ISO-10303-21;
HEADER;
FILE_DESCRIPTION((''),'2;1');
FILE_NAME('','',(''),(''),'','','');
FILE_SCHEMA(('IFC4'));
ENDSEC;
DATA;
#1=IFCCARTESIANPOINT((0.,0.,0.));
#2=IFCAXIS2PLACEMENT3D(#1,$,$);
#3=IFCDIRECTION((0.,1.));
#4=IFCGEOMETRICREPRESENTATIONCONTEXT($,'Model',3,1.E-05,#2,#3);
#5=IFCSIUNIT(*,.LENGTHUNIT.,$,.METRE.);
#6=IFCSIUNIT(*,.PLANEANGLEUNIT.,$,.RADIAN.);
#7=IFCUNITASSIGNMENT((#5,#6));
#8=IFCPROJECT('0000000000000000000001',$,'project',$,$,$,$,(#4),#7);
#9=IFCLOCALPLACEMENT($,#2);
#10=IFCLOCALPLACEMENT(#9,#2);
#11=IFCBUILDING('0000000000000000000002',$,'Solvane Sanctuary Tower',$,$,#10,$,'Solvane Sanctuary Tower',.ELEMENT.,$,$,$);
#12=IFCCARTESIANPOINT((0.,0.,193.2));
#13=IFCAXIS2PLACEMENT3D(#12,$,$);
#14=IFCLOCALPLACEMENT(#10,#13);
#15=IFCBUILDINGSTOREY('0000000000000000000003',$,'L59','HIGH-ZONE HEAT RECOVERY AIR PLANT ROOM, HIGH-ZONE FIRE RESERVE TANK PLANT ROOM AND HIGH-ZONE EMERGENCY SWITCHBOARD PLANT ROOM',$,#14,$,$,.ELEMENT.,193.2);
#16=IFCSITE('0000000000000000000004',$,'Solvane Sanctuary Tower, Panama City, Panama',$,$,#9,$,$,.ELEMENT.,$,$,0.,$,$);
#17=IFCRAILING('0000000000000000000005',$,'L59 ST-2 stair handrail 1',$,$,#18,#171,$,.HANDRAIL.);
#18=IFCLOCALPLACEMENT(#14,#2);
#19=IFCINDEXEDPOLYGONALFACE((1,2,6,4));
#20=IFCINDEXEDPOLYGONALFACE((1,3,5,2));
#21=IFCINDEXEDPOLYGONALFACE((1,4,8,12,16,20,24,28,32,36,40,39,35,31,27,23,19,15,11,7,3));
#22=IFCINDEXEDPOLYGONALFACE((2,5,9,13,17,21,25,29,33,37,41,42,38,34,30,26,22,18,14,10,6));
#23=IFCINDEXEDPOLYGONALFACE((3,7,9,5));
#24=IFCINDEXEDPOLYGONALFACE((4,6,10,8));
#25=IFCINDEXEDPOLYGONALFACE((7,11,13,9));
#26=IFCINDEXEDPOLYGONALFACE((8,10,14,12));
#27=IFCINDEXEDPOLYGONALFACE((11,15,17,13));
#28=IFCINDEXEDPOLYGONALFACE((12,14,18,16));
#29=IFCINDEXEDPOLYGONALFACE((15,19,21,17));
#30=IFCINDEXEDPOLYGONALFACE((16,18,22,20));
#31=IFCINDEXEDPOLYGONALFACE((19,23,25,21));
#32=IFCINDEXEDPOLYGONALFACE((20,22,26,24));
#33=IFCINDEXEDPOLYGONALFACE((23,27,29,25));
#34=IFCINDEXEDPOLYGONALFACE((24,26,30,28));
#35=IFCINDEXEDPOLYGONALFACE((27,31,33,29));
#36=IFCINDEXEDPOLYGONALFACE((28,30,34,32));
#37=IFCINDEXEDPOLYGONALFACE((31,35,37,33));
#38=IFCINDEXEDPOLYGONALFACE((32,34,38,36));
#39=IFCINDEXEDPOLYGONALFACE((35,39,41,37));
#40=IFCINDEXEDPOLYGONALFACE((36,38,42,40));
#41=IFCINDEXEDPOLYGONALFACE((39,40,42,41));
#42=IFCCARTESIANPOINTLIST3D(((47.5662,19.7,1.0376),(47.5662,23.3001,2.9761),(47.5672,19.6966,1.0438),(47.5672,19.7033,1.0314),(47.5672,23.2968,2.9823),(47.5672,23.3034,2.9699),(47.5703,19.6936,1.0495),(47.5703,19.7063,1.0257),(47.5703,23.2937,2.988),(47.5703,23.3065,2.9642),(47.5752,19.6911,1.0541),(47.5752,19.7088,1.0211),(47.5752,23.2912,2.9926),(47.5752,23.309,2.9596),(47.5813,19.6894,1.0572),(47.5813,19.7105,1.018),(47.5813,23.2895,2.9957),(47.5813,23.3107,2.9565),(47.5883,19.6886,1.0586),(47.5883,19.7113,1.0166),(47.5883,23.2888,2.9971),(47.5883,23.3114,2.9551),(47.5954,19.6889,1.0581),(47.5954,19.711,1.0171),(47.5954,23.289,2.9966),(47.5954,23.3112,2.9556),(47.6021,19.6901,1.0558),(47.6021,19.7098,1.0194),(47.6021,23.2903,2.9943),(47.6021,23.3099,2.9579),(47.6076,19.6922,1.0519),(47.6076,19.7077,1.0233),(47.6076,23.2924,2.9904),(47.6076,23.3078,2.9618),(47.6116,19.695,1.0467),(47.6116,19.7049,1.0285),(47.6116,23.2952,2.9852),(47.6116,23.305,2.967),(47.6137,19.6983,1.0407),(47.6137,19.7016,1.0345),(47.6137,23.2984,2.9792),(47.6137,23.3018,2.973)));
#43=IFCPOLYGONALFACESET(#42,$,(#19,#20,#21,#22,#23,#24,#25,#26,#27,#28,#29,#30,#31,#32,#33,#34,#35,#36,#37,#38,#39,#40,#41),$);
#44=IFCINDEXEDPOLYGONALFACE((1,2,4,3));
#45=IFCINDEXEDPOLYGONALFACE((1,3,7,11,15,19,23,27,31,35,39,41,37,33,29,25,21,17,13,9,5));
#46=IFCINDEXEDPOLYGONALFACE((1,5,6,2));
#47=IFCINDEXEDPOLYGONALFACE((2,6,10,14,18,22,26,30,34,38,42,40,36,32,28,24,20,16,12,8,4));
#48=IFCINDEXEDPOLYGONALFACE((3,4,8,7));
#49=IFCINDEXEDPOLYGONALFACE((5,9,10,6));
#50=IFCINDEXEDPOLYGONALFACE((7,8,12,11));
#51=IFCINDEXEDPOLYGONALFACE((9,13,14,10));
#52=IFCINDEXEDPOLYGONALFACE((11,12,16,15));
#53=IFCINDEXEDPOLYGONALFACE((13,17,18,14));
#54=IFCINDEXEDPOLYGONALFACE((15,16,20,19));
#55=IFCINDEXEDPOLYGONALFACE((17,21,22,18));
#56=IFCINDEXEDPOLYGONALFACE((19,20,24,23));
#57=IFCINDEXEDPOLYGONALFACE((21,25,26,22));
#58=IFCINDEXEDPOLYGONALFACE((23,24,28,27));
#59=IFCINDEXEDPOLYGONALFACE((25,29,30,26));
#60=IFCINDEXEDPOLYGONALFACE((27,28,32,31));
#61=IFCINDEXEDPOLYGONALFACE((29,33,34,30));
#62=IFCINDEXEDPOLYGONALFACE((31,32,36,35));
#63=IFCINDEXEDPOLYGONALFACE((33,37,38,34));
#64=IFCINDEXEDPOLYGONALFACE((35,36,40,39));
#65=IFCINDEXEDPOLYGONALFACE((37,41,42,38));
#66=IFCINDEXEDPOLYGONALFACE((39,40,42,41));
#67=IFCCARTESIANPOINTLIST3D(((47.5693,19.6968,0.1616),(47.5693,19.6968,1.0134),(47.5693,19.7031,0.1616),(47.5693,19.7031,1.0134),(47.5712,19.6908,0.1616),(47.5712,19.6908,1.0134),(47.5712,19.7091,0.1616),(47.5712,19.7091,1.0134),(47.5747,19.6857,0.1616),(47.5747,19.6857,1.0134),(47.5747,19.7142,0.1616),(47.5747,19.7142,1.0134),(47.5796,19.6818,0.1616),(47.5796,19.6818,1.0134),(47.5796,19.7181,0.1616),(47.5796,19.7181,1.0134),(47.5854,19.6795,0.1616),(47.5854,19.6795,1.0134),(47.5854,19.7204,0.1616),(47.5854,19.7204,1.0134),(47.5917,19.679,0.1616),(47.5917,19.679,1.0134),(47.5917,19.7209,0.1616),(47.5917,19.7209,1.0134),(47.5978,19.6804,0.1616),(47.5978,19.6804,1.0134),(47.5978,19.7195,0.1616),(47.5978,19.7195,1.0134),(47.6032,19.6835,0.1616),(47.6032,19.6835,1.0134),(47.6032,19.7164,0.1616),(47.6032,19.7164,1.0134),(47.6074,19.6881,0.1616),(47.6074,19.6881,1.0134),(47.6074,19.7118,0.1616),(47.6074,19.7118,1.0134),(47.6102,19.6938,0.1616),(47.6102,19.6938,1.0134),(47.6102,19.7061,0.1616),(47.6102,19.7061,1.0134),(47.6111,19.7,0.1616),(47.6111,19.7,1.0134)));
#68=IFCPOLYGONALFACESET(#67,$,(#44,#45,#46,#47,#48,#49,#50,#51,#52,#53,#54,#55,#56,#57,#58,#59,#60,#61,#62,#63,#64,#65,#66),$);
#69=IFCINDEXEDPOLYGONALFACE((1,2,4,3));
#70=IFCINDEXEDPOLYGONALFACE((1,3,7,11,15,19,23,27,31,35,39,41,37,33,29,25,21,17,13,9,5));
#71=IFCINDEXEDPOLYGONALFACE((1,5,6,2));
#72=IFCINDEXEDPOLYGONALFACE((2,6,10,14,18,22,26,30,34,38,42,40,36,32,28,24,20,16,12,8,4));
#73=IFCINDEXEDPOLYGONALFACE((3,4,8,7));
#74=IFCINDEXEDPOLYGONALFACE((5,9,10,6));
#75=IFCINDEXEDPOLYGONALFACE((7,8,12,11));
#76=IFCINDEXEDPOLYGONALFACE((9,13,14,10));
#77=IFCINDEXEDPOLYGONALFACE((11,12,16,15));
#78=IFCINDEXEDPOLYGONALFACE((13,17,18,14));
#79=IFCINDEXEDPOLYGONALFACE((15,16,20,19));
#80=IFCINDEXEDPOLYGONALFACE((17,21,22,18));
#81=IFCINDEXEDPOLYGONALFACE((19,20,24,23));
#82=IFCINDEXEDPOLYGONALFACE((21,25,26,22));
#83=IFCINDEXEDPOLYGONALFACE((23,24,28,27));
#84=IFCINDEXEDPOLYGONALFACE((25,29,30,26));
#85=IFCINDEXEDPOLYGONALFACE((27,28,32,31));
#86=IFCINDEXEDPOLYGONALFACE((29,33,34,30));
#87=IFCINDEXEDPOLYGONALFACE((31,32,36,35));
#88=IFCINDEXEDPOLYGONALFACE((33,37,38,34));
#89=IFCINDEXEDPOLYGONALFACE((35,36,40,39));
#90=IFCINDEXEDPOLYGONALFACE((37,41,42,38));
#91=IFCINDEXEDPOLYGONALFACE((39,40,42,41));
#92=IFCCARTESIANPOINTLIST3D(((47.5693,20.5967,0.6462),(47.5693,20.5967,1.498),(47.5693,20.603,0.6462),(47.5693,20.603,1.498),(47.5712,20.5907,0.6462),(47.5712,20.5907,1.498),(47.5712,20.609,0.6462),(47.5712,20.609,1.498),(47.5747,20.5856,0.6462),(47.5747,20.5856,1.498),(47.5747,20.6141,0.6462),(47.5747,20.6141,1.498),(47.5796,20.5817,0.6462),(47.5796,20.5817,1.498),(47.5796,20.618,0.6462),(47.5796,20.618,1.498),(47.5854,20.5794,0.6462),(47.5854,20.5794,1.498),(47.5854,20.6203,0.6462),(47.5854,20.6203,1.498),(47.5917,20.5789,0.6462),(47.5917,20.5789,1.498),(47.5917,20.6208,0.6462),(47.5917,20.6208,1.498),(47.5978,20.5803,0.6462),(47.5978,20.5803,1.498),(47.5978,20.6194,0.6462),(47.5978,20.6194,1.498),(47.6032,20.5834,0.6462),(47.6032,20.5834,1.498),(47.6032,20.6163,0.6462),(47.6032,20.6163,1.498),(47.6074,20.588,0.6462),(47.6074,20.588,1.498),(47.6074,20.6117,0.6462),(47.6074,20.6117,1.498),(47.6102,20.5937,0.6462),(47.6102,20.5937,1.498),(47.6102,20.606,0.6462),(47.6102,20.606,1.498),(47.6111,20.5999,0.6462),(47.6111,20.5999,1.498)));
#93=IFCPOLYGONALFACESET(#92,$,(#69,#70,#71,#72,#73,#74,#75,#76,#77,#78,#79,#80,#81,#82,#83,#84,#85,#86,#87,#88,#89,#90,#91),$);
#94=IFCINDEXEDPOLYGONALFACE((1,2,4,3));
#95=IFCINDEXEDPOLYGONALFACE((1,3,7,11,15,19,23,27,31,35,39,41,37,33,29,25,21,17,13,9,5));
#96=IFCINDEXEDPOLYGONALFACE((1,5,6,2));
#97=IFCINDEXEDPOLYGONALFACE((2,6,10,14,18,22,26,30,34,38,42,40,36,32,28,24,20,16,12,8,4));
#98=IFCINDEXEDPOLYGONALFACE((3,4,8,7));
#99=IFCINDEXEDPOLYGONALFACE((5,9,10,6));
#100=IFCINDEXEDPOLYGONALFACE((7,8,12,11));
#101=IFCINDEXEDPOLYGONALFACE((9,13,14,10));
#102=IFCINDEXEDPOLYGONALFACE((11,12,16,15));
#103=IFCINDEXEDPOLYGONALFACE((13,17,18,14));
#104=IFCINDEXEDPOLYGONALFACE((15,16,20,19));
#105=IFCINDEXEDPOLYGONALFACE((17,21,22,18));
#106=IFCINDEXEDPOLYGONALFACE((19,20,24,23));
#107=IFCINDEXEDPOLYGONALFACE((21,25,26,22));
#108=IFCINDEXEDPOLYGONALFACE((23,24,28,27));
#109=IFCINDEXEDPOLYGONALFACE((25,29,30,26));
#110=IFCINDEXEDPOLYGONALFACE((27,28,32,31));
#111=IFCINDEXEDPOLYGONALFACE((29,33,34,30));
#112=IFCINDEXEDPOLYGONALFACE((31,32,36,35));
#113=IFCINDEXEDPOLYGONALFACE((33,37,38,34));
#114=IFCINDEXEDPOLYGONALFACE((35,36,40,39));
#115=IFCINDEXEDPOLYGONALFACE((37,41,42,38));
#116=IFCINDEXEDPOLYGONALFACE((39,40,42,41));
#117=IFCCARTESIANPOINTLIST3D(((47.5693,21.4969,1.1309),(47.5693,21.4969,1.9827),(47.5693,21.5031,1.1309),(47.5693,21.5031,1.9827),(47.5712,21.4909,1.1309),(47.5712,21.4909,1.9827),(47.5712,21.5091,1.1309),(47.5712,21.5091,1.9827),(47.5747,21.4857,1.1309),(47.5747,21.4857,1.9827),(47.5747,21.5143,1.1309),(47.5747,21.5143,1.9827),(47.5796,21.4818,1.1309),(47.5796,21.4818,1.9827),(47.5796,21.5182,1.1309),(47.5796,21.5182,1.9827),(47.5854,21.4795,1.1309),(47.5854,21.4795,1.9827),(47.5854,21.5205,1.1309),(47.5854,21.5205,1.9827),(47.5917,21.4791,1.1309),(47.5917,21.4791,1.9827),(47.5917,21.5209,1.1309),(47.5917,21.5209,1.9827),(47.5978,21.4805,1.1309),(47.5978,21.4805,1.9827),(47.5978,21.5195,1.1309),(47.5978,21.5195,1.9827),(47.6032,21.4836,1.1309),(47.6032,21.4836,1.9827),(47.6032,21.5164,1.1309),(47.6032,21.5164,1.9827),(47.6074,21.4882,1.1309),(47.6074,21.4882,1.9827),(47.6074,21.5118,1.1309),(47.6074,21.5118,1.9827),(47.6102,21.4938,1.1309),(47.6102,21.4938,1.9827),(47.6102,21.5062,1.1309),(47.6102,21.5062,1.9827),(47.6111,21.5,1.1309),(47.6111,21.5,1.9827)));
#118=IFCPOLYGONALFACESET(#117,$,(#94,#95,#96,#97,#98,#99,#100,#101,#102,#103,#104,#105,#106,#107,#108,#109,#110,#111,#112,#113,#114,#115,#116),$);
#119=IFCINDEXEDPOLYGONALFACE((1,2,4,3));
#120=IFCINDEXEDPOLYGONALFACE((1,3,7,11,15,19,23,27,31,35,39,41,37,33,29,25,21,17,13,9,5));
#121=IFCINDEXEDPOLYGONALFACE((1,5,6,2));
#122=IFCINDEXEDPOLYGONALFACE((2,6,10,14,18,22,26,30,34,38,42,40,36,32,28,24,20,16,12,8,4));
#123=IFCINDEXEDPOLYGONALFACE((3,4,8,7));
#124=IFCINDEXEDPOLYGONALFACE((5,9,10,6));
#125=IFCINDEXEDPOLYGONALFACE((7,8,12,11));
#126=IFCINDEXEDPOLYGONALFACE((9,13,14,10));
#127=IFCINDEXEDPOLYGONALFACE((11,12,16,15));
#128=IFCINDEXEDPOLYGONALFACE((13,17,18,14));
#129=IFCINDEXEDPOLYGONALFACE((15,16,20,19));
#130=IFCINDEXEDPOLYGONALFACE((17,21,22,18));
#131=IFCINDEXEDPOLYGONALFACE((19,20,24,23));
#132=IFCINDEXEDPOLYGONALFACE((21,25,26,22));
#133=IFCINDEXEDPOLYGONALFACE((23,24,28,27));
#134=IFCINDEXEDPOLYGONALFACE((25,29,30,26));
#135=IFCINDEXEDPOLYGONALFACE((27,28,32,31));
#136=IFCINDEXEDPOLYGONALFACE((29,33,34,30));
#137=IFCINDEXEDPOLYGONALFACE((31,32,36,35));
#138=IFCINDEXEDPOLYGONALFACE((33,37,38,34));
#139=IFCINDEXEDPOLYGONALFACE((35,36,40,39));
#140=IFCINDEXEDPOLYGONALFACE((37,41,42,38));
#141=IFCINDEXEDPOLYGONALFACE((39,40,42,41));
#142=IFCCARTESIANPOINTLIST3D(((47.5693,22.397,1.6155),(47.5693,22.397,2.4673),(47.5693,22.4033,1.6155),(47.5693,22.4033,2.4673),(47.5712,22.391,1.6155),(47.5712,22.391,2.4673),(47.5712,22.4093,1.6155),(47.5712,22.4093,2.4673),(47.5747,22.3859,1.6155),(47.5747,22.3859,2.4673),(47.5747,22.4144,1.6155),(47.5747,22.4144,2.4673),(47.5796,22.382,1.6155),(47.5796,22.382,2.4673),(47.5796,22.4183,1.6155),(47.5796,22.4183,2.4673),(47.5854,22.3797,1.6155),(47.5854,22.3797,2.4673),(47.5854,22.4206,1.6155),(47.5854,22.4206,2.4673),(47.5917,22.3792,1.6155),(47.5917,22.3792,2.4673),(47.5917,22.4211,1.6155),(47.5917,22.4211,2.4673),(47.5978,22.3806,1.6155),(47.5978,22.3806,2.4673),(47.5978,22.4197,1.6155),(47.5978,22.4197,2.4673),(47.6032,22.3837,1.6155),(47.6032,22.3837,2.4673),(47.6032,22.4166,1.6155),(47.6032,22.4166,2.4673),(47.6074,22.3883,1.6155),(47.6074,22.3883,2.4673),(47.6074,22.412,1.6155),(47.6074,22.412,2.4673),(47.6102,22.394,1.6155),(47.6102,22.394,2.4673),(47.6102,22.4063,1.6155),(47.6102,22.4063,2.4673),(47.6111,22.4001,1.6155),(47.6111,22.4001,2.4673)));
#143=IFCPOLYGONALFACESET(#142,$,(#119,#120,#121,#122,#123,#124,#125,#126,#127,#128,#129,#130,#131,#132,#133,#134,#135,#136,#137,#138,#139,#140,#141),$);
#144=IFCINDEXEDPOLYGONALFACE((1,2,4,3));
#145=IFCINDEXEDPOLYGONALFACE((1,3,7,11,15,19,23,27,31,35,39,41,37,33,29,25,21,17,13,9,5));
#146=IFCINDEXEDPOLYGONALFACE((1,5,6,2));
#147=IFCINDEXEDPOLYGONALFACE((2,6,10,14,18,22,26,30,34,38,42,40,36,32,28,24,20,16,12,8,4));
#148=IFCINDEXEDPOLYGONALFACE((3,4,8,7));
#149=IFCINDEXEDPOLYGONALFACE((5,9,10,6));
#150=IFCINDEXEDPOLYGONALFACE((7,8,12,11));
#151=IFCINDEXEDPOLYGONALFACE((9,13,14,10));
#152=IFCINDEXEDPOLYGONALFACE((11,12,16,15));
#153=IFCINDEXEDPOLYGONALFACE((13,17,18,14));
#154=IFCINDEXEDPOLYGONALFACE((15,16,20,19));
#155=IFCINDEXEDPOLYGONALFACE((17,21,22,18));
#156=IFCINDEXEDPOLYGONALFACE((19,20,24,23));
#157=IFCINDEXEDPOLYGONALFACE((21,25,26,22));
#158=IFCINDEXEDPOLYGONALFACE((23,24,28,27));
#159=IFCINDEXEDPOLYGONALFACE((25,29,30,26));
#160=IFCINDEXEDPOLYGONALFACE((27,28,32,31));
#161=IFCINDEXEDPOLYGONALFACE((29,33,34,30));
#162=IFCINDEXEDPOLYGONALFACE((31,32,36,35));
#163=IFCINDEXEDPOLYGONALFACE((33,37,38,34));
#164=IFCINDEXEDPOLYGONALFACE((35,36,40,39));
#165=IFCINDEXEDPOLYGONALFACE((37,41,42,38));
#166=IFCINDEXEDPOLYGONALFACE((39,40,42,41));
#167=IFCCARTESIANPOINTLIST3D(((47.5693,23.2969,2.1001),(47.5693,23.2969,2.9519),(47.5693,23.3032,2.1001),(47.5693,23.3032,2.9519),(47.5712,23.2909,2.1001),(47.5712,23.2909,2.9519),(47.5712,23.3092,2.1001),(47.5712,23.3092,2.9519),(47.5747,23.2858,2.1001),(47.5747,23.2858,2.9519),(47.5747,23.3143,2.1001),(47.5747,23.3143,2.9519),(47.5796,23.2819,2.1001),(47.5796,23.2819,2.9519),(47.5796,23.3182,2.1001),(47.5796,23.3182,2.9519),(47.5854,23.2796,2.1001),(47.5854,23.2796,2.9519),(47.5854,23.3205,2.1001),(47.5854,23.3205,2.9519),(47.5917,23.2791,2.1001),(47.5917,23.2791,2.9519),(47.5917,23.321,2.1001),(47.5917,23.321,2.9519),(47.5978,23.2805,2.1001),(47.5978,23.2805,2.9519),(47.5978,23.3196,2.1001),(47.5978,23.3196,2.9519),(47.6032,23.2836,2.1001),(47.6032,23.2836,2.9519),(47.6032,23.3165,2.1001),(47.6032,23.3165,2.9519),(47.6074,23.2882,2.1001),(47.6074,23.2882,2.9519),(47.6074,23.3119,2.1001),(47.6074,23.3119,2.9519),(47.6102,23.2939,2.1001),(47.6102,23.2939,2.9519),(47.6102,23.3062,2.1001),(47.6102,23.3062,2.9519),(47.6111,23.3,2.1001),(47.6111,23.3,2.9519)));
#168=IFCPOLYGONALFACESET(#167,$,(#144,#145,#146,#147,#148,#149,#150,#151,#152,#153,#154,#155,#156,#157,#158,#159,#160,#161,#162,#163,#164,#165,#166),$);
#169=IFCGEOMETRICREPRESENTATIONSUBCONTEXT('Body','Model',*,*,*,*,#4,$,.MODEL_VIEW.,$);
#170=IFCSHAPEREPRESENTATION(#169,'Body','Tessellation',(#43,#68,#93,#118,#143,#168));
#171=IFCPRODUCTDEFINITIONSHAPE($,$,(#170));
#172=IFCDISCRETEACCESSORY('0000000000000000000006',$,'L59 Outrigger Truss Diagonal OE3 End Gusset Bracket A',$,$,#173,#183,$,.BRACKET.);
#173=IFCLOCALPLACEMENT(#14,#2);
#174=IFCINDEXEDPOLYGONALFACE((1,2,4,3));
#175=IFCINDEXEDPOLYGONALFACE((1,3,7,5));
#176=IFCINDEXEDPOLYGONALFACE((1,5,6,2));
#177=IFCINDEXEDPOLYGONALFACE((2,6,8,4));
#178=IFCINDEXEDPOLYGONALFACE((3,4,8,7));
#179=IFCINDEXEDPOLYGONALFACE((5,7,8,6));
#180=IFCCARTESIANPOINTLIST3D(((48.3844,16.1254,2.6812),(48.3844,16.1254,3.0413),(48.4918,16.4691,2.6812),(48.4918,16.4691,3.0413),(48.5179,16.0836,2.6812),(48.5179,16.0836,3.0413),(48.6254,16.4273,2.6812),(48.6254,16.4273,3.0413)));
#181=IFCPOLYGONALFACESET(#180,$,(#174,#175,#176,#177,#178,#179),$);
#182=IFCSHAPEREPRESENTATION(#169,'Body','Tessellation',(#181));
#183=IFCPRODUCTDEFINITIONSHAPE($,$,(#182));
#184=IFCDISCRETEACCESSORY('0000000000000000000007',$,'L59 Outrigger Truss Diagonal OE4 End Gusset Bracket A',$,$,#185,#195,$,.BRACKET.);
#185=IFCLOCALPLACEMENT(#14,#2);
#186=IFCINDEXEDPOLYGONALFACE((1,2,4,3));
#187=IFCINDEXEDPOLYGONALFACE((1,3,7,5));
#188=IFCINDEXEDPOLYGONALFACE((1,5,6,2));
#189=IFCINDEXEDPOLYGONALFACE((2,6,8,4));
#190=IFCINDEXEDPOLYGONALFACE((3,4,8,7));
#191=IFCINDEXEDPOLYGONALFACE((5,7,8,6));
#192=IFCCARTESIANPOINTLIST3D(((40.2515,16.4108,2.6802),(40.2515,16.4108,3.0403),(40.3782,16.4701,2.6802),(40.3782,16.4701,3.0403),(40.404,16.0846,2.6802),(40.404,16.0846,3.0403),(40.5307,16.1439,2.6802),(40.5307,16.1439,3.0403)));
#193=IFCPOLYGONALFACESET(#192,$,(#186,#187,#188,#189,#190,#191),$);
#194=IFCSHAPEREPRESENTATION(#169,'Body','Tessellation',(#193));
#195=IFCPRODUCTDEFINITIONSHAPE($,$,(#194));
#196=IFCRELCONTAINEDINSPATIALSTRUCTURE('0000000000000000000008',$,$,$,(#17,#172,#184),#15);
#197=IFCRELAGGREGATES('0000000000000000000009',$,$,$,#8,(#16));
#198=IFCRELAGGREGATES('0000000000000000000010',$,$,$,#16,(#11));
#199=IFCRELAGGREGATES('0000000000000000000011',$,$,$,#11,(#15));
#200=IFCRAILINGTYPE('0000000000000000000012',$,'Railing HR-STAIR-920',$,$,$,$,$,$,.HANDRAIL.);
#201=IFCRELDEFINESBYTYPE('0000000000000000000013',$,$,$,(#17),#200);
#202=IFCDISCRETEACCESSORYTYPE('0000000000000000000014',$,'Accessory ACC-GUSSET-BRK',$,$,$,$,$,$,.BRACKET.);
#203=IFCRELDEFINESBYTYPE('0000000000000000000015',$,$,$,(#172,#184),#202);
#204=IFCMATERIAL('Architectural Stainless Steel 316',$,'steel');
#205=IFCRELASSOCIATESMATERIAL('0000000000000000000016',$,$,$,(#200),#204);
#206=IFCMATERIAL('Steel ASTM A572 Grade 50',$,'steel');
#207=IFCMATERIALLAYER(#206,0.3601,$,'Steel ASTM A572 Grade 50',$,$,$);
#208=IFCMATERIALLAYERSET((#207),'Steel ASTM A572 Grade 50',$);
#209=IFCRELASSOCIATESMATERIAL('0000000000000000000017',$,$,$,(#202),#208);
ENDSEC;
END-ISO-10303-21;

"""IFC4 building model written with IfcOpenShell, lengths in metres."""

from ifc_helpers import new_model, si_unit, direction, frame, origin, origin_2d, place, context, subcontext, project, spatial, rectangle, circle, extrude, material, layer, layer_set, type_object, element, save


model = new_model("IFC4")

# Units and contexts
model_context = context("Model", 3, precision=1e-05, world=origin(), true_north=direction((0.0, 1.0)))
body_context = subcontext(model_context, "Body", "Model", "MODEL_VIEW")
ifc_project = project(units=[si_unit("LENGTHUNIT", "METRE"), si_unit("PLANEANGLEUNIT", "RADIAN")], contexts=[model_context])

# Site, building, storey
site_placement = place(None, origin())
site = spatial("IfcSite", under=ifc_project, at=site_placement, Name="Solvane Sanctuary Tower, Panama City, Panama", CompositionType="ELEMENT", RefElevation=0.0)
building_placement = place(site_placement, origin())
building = spatial("IfcBuilding", under=site, at=building_placement, Name="Solvane Sanctuary Tower", LongName="Solvane Sanctuary Tower", CompositionType="ELEMENT")
storey_placement = place(building_placement, frame((0.0, 0.0, 193.2)))
storey = spatial("IfcBuildingStorey", under=building, at=storey_placement, Name="L59", Description="HIGH-ZONE HEAT RECOVERY AIR PLANT ROOM, HIGH-ZONE FIRE RESERVE TANK PLANT ROOM AND HIGH-ZONE EMERGENCY SWITCHBOARD PLANT ROOM", CompositionType="ELEMENT", Elevation=193.2)

# Shared definitions
ifc_material_1 = material(Name="Steel ASTM A572 Grade 50", Category="steel")

# Shared definitions
ifc_material_2 = material(Name="Architectural Stainless Steel 316", Category="steel")

# Railing
railing_type_1 = type_object("IfcRailingType", Name="Railing HR-STAIR-920", PredefinedType="HANDRAIL", material=ifc_material_2)
railing_1_placement = place(storey_placement, frame((47.5901, 19.7, 0.1616)))
element("IfcRailing", 1, at=railing_1_placement, inside=storey, type_object=railing_type_1, Name="L59 ST-2 stair handrail 1", PredefinedType="HANDRAIL", context=body_context, shape_type="SweptSolid", body=[
    extrude(circle(Radius=0.0239, at=origin_2d()), frame((0.0, 0.0, 0.876), z_axis=(0.0, 0.880475, 0.474093), x_axis=(-1.0, 0.0, 0.0)), (0.0, 0.0, 1.0), 4.0889),
    extrude(circle(Radius=0.021, at=origin_2d()), origin(), (0.0, 0.0, 1.0), 0.8518),
    extrude(circle(Radius=0.021, at=origin_2d()), frame((0.0, 0.8999, 0.4846)), (0.0, 0.0, 1.0), 0.8518),
    extrude(circle(Radius=0.021, at=origin_2d()), frame((0.0, 1.8, 0.9692)), (0.0, 0.0, 1.0), 0.8518),
    extrude(circle(Radius=0.021, at=origin_2d()), frame((0.0, 2.7002, 1.4539)), (0.0, 0.0, 1.0), 0.8518),
    extrude(circle(Radius=0.021, at=origin_2d()), frame((0.0, 3.6001, 1.9385)), (0.0, 0.0, 1.0), 0.8518),
])

# Discrete accessories
ifc_layer_1 = layer(ifc_material_1, 0.3601, Name="Steel ASTM A572 Grade 50")
ifc_layer_set_1 = layer_set([ifc_layer_1], Name="Steel ASTM A572 Grade 50")
discrete_accessory_type = type_object("IfcDiscreteAccessoryType", Name="Accessory ACC-GUSSET-BRK", PredefinedType="BRACKET", material=ifc_layer_set_1)
for number, where, z_axis, x_axis, name in (
    (2, (48.5049, 16.2764, 2.6812), (0.0, 0.0, 1.0), (-0.298375, -0.954449, 0.0), "L59 Outrigger Truss Diagonal OE3 End Gusset Bracket A"),
    (3, (40.3911, 16.2773, 2.6802), (0.0, 0.0, 1.0), (0.423567, -0.905865, 0.0), "L59 Outrigger Truss Diagonal OE4 End Gusset Bracket A"),
):
    element("IfcDiscreteAccessory", number, at=place(storey_placement, frame(where, z_axis=z_axis, x_axis=x_axis)), inside=storey, type_object=discrete_accessory_type, Name=name, PredefinedType="BRACKET", context=body_context, shape_type="SweptSolid", body=[
        extrude(rectangle(XDim=0.3601, YDim=0.1399, at=origin_2d()), origin(), (0.0, 0.0, 1.0), 0.3601),
    ])

save(model, "model.ifc")
